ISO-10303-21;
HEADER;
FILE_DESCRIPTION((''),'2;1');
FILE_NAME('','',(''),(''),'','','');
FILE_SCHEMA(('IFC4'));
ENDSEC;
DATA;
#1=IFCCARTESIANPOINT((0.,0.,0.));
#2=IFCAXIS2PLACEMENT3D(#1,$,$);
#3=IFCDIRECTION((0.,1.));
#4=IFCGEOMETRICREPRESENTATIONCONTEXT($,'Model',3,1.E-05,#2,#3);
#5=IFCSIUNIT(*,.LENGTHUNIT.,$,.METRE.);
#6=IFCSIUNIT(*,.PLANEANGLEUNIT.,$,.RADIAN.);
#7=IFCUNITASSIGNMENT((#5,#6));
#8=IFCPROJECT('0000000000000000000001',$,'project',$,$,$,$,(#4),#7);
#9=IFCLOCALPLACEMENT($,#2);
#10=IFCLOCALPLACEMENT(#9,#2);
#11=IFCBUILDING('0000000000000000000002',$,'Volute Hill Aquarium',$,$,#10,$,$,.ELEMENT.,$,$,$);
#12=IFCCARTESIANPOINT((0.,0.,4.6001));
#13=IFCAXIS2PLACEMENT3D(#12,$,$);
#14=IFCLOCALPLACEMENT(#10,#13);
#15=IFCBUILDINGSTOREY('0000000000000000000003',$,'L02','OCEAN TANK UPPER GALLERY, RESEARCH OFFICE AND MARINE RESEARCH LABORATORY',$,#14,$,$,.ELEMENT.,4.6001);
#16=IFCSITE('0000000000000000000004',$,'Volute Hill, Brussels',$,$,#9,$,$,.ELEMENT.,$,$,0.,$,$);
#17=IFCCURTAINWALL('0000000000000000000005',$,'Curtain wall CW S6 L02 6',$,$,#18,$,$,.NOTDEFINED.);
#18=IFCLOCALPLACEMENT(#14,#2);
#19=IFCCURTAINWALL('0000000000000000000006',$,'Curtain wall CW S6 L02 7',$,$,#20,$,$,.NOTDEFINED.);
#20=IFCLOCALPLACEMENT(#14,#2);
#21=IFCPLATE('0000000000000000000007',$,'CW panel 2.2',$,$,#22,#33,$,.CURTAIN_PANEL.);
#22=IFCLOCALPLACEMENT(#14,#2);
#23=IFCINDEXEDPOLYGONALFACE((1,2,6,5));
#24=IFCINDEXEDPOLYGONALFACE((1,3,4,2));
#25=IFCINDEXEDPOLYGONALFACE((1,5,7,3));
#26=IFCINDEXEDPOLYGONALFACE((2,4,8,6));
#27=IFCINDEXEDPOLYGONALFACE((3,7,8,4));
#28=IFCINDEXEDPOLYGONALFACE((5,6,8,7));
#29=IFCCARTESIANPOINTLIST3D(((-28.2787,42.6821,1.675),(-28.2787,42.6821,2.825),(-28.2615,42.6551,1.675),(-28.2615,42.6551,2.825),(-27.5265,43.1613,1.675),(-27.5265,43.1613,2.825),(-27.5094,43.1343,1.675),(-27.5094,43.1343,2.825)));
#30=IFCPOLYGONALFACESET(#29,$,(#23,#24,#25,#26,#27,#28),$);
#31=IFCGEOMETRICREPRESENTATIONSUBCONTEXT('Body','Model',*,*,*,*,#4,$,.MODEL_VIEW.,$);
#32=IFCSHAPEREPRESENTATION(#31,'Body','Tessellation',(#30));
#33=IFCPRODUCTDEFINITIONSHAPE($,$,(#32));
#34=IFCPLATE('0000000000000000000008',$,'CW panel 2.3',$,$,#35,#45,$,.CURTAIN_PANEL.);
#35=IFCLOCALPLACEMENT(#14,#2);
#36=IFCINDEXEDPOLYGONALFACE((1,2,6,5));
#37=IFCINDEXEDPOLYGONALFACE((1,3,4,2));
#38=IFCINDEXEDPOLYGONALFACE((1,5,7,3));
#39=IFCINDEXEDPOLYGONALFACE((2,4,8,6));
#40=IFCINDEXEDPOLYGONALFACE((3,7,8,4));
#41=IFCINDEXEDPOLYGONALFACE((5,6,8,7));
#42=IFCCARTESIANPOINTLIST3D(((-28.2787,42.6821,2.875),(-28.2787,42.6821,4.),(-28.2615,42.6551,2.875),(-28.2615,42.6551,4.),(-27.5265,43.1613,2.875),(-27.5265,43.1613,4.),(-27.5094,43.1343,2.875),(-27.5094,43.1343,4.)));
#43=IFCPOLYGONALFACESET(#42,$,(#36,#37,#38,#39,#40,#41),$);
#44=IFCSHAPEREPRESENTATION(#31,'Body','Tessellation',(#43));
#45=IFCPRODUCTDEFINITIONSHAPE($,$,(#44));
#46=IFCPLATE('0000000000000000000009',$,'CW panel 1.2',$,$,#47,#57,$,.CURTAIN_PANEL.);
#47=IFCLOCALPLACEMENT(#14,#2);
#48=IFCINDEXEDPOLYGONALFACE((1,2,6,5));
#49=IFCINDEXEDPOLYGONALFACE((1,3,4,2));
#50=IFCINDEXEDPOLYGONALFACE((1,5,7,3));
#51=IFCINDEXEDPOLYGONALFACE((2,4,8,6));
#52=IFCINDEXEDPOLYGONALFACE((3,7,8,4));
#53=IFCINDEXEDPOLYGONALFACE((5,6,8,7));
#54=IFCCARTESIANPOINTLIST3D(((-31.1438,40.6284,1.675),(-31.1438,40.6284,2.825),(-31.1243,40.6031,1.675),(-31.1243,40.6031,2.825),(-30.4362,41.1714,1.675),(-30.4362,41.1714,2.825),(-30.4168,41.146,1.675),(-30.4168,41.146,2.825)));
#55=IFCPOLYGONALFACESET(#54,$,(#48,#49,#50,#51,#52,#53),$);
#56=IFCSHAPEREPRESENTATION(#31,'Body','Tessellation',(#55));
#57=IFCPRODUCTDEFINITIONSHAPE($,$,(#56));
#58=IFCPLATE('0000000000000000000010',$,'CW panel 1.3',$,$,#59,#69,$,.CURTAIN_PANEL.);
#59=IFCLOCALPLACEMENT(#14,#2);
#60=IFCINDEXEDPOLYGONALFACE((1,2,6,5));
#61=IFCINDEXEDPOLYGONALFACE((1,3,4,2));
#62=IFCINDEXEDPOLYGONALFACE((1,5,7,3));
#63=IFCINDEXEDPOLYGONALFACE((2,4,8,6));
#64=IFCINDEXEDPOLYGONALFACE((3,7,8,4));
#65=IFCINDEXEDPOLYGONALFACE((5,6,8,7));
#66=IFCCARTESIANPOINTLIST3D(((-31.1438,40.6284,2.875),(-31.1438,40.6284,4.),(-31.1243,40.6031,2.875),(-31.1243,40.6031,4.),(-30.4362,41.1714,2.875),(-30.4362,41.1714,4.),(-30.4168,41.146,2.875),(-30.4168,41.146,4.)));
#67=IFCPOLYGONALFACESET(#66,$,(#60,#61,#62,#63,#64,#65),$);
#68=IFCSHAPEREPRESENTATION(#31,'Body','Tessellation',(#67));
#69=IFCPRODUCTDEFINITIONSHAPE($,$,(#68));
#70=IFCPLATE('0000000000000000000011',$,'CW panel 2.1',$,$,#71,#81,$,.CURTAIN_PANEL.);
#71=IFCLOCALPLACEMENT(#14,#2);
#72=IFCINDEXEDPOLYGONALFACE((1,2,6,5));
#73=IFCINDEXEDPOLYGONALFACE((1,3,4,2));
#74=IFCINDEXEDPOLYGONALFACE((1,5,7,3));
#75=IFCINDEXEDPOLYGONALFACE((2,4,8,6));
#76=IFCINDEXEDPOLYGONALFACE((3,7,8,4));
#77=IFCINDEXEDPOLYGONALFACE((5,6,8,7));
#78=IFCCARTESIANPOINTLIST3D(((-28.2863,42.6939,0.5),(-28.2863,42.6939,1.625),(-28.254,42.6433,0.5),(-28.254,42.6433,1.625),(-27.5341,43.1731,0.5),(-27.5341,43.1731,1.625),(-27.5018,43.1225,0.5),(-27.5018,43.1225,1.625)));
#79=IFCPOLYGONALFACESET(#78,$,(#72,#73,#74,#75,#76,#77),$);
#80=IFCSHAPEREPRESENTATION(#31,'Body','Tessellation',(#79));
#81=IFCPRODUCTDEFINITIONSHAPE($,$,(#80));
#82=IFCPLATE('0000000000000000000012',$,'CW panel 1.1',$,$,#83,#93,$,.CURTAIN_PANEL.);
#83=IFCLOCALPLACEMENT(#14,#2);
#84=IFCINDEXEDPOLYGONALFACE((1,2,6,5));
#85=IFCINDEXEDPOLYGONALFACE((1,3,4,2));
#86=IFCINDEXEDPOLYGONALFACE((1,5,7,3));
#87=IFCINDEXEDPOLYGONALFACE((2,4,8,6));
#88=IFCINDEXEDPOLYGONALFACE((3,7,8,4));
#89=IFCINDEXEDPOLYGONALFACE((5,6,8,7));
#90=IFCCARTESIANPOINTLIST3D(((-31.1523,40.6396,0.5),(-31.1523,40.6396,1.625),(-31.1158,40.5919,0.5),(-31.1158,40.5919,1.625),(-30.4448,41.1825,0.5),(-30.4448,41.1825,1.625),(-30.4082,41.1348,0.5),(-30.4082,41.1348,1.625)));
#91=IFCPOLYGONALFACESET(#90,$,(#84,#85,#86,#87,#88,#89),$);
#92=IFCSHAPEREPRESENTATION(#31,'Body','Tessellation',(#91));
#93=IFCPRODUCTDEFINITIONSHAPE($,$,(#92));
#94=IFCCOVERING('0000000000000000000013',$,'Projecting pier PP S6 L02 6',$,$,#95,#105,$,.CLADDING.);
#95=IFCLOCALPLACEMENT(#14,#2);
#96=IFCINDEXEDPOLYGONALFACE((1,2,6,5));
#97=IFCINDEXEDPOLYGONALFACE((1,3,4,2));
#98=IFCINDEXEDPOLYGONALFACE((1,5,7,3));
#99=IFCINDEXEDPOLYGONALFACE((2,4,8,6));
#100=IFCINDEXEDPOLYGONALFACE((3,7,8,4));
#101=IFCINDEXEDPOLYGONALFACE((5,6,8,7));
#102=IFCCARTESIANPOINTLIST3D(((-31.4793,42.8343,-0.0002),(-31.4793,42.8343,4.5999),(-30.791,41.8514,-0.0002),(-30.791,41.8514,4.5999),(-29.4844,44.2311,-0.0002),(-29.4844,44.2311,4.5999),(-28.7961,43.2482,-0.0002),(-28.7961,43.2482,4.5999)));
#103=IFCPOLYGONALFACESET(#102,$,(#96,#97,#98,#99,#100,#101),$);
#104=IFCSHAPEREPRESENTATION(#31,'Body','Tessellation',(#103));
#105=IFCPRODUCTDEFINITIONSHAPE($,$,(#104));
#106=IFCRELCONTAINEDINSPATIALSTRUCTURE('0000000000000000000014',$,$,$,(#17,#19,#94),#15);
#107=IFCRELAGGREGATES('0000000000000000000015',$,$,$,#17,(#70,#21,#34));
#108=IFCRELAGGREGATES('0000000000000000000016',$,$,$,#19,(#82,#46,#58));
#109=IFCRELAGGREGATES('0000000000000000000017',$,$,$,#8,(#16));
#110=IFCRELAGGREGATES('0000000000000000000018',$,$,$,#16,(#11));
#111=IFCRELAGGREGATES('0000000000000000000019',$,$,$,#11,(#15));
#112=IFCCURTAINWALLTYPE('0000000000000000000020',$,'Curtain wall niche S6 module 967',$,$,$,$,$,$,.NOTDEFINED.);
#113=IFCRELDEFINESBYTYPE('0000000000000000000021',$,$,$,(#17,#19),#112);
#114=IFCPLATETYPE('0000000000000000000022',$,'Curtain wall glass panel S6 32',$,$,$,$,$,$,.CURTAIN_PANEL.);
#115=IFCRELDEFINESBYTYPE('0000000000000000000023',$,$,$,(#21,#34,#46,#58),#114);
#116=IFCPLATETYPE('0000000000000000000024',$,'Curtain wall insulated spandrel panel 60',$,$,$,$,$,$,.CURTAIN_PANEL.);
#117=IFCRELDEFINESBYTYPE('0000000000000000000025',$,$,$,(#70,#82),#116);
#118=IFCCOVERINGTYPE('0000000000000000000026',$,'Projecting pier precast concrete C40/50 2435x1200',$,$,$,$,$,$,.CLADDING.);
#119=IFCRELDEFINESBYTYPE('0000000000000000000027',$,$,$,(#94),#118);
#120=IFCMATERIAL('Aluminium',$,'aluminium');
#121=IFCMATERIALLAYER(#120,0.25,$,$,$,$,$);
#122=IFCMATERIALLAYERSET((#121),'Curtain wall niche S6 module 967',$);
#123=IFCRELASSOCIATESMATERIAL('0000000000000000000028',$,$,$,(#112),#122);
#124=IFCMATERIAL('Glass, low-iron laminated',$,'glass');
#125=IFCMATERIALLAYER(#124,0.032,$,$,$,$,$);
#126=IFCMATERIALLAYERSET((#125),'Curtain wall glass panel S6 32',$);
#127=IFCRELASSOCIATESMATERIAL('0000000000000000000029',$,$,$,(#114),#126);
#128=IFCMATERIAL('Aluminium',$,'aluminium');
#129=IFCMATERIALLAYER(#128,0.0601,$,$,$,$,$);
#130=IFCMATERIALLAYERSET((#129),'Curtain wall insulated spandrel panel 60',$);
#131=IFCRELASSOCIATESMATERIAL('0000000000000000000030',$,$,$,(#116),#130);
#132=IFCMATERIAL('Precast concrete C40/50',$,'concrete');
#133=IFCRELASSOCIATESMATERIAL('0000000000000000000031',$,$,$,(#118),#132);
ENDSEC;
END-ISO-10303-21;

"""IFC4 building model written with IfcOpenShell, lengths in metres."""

from ifc_helpers import new_model, si_unit, direction, frame, origin, origin_2d, place, context, subcontext, project, spatial, rectangle, extrude, material, layer, layer_set, type_object, element, aggregate, save


model = new_model("IFC4")

# Units and contexts
model_context = context("Model", 3, precision=1e-05, world=origin(), true_north=direction((0.0, 1.0)))
body_context = subcontext(model_context, "Body", "Model", "MODEL_VIEW")
ifc_project = project(units=[si_unit("LENGTHUNIT", "METRE"), si_unit("PLANEANGLEUNIT", "RADIAN")], contexts=[model_context])

# Site, building, storey
site_placement = place(None, origin())
site = spatial("IfcSite", under=ifc_project, at=site_placement, Name="Volute Hill, Brussels", CompositionType="ELEMENT", RefElevation=0.0)
building_placement = place(site_placement, origin())
building = spatial("IfcBuilding", under=site, at=building_placement, Name="Volute Hill Aquarium", CompositionType="ELEMENT")
storey_placement = place(building_placement, frame((0.0, 0.0, 4.6001)))
storey = spatial("IfcBuildingStorey", under=building, at=storey_placement, Name="L02", Description="OCEAN TANK UPPER GALLERY, RESEARCH OFFICE AND MARINE RESEARCH LABORATORY", CompositionType="ELEMENT", Elevation=4.6001)

# Curtain wall
ifc_material_1 = material(Name="Aluminium", Category="aluminium")
ifc_layer_1 = layer(ifc_material_1, 0.25)
ifc_layer_set_1 = layer_set([ifc_layer_1], Name="Curtain wall niche S6 module 967")
curtain_wall_type = type_object("IfcCurtainWallType", Name="Curtain wall niche S6 module 967", PredefinedType="NOTDEFINED", material=ifc_layer_set_1)
curtain_wall_1_placement = place(storey_placement, origin())
curtain_wall_1 = element("IfcCurtainWall", 1, at=curtain_wall_1_placement, inside=storey, type_object=curtain_wall_type, Name="Curtain wall CW S6 L02 6", PredefinedType="NOTDEFINED")

# Curtain wall
curtain_wall_2_placement = place(storey_placement, origin())
curtain_wall_2 = element("IfcCurtainWall", 2, at=curtain_wall_2_placement, inside=storey, type_object=curtain_wall_type, Name="Curtain wall CW S6 L02 7", PredefinedType="NOTDEFINED")

# Plates
ifc_material_2 = material(Name="Glass, low-iron laminated", Category="glass")
ifc_layer_2 = layer(ifc_material_2, 0.032)
ifc_layer_set_2 = layer_set([ifc_layer_2], Name="Curtain wall glass panel S6 32")
plate_type_1 = type_object("IfcPlateType", Name="Curtain wall glass panel S6 32", PredefinedType="CURTAIN_PANEL", material=ifc_layer_set_2)
plate_1_placement = place(storey_placement, frame((-27.894, 42.9082, 1.675), z_axis=(0.0, 0.0, 1.0), x_axis=(-0.843395, -0.537295, 0.0)))
plate_1 = element("IfcPlate", 3, at=plate_1_placement, type_object=plate_type_1, Name="CW panel 2.2", PredefinedType="CURTAIN_PANEL", context=body_context, shape_type="SweptSolid", body=[
    extrude(rectangle(XDim=0.8918, YDim=0.032, at=origin_2d()), origin(), (0.0, 0.0, 1.0), 1.1499),
])
plate_2_placement = place(storey_placement, frame((-27.894, 42.9082, 2.875), z_axis=(0.0, 0.0, 1.0), x_axis=(-0.843395, -0.537295, 0.0)))
plate_2 = element("IfcPlate", 4, at=plate_2_placement, type_object=plate_type_1, Name="CW panel 2.3", PredefinedType="CURTAIN_PANEL", context=body_context, shape_type="SweptSolid", body=[
    extrude(rectangle(XDim=0.8918, YDim=0.032, at=origin_2d()), origin(), (0.0, 0.0, 1.0), 1.125),
])
plate_3_placement = place(storey_placement, frame((-30.7803, 40.8872, 1.675), z_axis=(0.0, 0.0, 1.0), x_axis=(-0.793348, -0.608769, 0.0)))
plate_3 = element("IfcPlate", 5, at=plate_3_placement, type_object=plate_type_1, Name="CW panel 1.2", PredefinedType="CURTAIN_PANEL", context=body_context, shape_type="SweptSolid", body=[
    extrude(rectangle(XDim=0.8918, YDim=0.032, at=origin_2d()), origin(), (0.0, 0.0, 1.0), 1.1499),
])
plate_4_placement = place(storey_placement, frame((-30.7803, 40.8872, 2.875), z_axis=(0.0, 0.0, 1.0), x_axis=(-0.793348, -0.608769, 0.0)))
plate_4 = element("IfcPlate", 6, at=plate_4_placement, type_object=plate_type_1, Name="CW panel 1.3", PredefinedType="CURTAIN_PANEL", context=body_context, shape_type="SweptSolid", body=[
    extrude(rectangle(XDim=0.8918, YDim=0.032, at=origin_2d()), origin(), (0.0, 0.0, 1.0), 1.125),
])
ifc_material_3 = material(Name="Aluminium", Category="aluminium")
ifc_layer_3 = layer(ifc_material_3, 0.0601)
ifc_layer_set_3 = layer_set([ifc_layer_3], Name="Curtain wall insulated spandrel panel 60")
plate_type_2 = type_object("IfcPlateType", Name="Curtain wall insulated spandrel panel 60", PredefinedType="CURTAIN_PANEL", material=ifc_layer_set_3)
plate_5_placement = place(storey_placement, frame((-27.894, 42.9082, 0.5), z_axis=(0.0, 0.0, 1.0), x_axis=(-0.843395, -0.537295, 0.0)))
plate_5 = element("IfcPlate", 7, at=plate_5_placement, type_object=plate_type_2, Name="CW panel 2.1", PredefinedType="CURTAIN_PANEL", context=body_context, shape_type="SweptSolid", body=[
    extrude(rectangle(XDim=0.8918, YDim=0.0601, at=origin_2d()), origin(), (0.0, 0.0, 1.0), 1.125),
])
aggregate(curtain_wall_1, [plate_5, plate_1, plate_2])
plate_6_placement = place(storey_placement, frame((-30.7803, 40.8872, 0.5), z_axis=(0.0, 0.0, 1.0), x_axis=(-0.793348, -0.608769, 0.0)))
plate_6 = element("IfcPlate", 8, at=plate_6_placement, type_object=plate_type_2, Name="CW panel 1.1", PredefinedType="CURTAIN_PANEL", context=body_context, shape_type="SweptSolid", body=[
    extrude(rectangle(XDim=0.8918, YDim=0.0601, at=origin_2d()), origin(), (0.0, 0.0, 1.0), 1.125),
])
aggregate(curtain_wall_2, [plate_6, plate_3, plate_4])

# Covering
ifc_material_4 = material(Name="Precast concrete C40/50", Category="concrete")
covering_type = type_object("IfcCoveringType", Name="Projecting pier precast concrete C40/50 2435x1200", PredefinedType="CLADDING", material=ifc_material_4)
covering_placement = place(storey_placement, frame((-30.1377, 43.0413, -0.0002), z_axis=(0.0, 0.0, 1.0), x_axis=(-0.819152, -0.573576, 0.0)))
element("IfcCovering", 9, at=covering_placement, inside=storey, type_object=covering_type, Name="Projecting pier PP S6 L02 6", PredefinedType="CLADDING", context=body_context, shape_type="SweptSolid", body=[
    extrude(rectangle(XDim=2.4353, YDim=1.2, at=origin_2d()), origin(), (0.0, 0.0, 1.0), 4.6001),
])

save(model, "model.ifc")
